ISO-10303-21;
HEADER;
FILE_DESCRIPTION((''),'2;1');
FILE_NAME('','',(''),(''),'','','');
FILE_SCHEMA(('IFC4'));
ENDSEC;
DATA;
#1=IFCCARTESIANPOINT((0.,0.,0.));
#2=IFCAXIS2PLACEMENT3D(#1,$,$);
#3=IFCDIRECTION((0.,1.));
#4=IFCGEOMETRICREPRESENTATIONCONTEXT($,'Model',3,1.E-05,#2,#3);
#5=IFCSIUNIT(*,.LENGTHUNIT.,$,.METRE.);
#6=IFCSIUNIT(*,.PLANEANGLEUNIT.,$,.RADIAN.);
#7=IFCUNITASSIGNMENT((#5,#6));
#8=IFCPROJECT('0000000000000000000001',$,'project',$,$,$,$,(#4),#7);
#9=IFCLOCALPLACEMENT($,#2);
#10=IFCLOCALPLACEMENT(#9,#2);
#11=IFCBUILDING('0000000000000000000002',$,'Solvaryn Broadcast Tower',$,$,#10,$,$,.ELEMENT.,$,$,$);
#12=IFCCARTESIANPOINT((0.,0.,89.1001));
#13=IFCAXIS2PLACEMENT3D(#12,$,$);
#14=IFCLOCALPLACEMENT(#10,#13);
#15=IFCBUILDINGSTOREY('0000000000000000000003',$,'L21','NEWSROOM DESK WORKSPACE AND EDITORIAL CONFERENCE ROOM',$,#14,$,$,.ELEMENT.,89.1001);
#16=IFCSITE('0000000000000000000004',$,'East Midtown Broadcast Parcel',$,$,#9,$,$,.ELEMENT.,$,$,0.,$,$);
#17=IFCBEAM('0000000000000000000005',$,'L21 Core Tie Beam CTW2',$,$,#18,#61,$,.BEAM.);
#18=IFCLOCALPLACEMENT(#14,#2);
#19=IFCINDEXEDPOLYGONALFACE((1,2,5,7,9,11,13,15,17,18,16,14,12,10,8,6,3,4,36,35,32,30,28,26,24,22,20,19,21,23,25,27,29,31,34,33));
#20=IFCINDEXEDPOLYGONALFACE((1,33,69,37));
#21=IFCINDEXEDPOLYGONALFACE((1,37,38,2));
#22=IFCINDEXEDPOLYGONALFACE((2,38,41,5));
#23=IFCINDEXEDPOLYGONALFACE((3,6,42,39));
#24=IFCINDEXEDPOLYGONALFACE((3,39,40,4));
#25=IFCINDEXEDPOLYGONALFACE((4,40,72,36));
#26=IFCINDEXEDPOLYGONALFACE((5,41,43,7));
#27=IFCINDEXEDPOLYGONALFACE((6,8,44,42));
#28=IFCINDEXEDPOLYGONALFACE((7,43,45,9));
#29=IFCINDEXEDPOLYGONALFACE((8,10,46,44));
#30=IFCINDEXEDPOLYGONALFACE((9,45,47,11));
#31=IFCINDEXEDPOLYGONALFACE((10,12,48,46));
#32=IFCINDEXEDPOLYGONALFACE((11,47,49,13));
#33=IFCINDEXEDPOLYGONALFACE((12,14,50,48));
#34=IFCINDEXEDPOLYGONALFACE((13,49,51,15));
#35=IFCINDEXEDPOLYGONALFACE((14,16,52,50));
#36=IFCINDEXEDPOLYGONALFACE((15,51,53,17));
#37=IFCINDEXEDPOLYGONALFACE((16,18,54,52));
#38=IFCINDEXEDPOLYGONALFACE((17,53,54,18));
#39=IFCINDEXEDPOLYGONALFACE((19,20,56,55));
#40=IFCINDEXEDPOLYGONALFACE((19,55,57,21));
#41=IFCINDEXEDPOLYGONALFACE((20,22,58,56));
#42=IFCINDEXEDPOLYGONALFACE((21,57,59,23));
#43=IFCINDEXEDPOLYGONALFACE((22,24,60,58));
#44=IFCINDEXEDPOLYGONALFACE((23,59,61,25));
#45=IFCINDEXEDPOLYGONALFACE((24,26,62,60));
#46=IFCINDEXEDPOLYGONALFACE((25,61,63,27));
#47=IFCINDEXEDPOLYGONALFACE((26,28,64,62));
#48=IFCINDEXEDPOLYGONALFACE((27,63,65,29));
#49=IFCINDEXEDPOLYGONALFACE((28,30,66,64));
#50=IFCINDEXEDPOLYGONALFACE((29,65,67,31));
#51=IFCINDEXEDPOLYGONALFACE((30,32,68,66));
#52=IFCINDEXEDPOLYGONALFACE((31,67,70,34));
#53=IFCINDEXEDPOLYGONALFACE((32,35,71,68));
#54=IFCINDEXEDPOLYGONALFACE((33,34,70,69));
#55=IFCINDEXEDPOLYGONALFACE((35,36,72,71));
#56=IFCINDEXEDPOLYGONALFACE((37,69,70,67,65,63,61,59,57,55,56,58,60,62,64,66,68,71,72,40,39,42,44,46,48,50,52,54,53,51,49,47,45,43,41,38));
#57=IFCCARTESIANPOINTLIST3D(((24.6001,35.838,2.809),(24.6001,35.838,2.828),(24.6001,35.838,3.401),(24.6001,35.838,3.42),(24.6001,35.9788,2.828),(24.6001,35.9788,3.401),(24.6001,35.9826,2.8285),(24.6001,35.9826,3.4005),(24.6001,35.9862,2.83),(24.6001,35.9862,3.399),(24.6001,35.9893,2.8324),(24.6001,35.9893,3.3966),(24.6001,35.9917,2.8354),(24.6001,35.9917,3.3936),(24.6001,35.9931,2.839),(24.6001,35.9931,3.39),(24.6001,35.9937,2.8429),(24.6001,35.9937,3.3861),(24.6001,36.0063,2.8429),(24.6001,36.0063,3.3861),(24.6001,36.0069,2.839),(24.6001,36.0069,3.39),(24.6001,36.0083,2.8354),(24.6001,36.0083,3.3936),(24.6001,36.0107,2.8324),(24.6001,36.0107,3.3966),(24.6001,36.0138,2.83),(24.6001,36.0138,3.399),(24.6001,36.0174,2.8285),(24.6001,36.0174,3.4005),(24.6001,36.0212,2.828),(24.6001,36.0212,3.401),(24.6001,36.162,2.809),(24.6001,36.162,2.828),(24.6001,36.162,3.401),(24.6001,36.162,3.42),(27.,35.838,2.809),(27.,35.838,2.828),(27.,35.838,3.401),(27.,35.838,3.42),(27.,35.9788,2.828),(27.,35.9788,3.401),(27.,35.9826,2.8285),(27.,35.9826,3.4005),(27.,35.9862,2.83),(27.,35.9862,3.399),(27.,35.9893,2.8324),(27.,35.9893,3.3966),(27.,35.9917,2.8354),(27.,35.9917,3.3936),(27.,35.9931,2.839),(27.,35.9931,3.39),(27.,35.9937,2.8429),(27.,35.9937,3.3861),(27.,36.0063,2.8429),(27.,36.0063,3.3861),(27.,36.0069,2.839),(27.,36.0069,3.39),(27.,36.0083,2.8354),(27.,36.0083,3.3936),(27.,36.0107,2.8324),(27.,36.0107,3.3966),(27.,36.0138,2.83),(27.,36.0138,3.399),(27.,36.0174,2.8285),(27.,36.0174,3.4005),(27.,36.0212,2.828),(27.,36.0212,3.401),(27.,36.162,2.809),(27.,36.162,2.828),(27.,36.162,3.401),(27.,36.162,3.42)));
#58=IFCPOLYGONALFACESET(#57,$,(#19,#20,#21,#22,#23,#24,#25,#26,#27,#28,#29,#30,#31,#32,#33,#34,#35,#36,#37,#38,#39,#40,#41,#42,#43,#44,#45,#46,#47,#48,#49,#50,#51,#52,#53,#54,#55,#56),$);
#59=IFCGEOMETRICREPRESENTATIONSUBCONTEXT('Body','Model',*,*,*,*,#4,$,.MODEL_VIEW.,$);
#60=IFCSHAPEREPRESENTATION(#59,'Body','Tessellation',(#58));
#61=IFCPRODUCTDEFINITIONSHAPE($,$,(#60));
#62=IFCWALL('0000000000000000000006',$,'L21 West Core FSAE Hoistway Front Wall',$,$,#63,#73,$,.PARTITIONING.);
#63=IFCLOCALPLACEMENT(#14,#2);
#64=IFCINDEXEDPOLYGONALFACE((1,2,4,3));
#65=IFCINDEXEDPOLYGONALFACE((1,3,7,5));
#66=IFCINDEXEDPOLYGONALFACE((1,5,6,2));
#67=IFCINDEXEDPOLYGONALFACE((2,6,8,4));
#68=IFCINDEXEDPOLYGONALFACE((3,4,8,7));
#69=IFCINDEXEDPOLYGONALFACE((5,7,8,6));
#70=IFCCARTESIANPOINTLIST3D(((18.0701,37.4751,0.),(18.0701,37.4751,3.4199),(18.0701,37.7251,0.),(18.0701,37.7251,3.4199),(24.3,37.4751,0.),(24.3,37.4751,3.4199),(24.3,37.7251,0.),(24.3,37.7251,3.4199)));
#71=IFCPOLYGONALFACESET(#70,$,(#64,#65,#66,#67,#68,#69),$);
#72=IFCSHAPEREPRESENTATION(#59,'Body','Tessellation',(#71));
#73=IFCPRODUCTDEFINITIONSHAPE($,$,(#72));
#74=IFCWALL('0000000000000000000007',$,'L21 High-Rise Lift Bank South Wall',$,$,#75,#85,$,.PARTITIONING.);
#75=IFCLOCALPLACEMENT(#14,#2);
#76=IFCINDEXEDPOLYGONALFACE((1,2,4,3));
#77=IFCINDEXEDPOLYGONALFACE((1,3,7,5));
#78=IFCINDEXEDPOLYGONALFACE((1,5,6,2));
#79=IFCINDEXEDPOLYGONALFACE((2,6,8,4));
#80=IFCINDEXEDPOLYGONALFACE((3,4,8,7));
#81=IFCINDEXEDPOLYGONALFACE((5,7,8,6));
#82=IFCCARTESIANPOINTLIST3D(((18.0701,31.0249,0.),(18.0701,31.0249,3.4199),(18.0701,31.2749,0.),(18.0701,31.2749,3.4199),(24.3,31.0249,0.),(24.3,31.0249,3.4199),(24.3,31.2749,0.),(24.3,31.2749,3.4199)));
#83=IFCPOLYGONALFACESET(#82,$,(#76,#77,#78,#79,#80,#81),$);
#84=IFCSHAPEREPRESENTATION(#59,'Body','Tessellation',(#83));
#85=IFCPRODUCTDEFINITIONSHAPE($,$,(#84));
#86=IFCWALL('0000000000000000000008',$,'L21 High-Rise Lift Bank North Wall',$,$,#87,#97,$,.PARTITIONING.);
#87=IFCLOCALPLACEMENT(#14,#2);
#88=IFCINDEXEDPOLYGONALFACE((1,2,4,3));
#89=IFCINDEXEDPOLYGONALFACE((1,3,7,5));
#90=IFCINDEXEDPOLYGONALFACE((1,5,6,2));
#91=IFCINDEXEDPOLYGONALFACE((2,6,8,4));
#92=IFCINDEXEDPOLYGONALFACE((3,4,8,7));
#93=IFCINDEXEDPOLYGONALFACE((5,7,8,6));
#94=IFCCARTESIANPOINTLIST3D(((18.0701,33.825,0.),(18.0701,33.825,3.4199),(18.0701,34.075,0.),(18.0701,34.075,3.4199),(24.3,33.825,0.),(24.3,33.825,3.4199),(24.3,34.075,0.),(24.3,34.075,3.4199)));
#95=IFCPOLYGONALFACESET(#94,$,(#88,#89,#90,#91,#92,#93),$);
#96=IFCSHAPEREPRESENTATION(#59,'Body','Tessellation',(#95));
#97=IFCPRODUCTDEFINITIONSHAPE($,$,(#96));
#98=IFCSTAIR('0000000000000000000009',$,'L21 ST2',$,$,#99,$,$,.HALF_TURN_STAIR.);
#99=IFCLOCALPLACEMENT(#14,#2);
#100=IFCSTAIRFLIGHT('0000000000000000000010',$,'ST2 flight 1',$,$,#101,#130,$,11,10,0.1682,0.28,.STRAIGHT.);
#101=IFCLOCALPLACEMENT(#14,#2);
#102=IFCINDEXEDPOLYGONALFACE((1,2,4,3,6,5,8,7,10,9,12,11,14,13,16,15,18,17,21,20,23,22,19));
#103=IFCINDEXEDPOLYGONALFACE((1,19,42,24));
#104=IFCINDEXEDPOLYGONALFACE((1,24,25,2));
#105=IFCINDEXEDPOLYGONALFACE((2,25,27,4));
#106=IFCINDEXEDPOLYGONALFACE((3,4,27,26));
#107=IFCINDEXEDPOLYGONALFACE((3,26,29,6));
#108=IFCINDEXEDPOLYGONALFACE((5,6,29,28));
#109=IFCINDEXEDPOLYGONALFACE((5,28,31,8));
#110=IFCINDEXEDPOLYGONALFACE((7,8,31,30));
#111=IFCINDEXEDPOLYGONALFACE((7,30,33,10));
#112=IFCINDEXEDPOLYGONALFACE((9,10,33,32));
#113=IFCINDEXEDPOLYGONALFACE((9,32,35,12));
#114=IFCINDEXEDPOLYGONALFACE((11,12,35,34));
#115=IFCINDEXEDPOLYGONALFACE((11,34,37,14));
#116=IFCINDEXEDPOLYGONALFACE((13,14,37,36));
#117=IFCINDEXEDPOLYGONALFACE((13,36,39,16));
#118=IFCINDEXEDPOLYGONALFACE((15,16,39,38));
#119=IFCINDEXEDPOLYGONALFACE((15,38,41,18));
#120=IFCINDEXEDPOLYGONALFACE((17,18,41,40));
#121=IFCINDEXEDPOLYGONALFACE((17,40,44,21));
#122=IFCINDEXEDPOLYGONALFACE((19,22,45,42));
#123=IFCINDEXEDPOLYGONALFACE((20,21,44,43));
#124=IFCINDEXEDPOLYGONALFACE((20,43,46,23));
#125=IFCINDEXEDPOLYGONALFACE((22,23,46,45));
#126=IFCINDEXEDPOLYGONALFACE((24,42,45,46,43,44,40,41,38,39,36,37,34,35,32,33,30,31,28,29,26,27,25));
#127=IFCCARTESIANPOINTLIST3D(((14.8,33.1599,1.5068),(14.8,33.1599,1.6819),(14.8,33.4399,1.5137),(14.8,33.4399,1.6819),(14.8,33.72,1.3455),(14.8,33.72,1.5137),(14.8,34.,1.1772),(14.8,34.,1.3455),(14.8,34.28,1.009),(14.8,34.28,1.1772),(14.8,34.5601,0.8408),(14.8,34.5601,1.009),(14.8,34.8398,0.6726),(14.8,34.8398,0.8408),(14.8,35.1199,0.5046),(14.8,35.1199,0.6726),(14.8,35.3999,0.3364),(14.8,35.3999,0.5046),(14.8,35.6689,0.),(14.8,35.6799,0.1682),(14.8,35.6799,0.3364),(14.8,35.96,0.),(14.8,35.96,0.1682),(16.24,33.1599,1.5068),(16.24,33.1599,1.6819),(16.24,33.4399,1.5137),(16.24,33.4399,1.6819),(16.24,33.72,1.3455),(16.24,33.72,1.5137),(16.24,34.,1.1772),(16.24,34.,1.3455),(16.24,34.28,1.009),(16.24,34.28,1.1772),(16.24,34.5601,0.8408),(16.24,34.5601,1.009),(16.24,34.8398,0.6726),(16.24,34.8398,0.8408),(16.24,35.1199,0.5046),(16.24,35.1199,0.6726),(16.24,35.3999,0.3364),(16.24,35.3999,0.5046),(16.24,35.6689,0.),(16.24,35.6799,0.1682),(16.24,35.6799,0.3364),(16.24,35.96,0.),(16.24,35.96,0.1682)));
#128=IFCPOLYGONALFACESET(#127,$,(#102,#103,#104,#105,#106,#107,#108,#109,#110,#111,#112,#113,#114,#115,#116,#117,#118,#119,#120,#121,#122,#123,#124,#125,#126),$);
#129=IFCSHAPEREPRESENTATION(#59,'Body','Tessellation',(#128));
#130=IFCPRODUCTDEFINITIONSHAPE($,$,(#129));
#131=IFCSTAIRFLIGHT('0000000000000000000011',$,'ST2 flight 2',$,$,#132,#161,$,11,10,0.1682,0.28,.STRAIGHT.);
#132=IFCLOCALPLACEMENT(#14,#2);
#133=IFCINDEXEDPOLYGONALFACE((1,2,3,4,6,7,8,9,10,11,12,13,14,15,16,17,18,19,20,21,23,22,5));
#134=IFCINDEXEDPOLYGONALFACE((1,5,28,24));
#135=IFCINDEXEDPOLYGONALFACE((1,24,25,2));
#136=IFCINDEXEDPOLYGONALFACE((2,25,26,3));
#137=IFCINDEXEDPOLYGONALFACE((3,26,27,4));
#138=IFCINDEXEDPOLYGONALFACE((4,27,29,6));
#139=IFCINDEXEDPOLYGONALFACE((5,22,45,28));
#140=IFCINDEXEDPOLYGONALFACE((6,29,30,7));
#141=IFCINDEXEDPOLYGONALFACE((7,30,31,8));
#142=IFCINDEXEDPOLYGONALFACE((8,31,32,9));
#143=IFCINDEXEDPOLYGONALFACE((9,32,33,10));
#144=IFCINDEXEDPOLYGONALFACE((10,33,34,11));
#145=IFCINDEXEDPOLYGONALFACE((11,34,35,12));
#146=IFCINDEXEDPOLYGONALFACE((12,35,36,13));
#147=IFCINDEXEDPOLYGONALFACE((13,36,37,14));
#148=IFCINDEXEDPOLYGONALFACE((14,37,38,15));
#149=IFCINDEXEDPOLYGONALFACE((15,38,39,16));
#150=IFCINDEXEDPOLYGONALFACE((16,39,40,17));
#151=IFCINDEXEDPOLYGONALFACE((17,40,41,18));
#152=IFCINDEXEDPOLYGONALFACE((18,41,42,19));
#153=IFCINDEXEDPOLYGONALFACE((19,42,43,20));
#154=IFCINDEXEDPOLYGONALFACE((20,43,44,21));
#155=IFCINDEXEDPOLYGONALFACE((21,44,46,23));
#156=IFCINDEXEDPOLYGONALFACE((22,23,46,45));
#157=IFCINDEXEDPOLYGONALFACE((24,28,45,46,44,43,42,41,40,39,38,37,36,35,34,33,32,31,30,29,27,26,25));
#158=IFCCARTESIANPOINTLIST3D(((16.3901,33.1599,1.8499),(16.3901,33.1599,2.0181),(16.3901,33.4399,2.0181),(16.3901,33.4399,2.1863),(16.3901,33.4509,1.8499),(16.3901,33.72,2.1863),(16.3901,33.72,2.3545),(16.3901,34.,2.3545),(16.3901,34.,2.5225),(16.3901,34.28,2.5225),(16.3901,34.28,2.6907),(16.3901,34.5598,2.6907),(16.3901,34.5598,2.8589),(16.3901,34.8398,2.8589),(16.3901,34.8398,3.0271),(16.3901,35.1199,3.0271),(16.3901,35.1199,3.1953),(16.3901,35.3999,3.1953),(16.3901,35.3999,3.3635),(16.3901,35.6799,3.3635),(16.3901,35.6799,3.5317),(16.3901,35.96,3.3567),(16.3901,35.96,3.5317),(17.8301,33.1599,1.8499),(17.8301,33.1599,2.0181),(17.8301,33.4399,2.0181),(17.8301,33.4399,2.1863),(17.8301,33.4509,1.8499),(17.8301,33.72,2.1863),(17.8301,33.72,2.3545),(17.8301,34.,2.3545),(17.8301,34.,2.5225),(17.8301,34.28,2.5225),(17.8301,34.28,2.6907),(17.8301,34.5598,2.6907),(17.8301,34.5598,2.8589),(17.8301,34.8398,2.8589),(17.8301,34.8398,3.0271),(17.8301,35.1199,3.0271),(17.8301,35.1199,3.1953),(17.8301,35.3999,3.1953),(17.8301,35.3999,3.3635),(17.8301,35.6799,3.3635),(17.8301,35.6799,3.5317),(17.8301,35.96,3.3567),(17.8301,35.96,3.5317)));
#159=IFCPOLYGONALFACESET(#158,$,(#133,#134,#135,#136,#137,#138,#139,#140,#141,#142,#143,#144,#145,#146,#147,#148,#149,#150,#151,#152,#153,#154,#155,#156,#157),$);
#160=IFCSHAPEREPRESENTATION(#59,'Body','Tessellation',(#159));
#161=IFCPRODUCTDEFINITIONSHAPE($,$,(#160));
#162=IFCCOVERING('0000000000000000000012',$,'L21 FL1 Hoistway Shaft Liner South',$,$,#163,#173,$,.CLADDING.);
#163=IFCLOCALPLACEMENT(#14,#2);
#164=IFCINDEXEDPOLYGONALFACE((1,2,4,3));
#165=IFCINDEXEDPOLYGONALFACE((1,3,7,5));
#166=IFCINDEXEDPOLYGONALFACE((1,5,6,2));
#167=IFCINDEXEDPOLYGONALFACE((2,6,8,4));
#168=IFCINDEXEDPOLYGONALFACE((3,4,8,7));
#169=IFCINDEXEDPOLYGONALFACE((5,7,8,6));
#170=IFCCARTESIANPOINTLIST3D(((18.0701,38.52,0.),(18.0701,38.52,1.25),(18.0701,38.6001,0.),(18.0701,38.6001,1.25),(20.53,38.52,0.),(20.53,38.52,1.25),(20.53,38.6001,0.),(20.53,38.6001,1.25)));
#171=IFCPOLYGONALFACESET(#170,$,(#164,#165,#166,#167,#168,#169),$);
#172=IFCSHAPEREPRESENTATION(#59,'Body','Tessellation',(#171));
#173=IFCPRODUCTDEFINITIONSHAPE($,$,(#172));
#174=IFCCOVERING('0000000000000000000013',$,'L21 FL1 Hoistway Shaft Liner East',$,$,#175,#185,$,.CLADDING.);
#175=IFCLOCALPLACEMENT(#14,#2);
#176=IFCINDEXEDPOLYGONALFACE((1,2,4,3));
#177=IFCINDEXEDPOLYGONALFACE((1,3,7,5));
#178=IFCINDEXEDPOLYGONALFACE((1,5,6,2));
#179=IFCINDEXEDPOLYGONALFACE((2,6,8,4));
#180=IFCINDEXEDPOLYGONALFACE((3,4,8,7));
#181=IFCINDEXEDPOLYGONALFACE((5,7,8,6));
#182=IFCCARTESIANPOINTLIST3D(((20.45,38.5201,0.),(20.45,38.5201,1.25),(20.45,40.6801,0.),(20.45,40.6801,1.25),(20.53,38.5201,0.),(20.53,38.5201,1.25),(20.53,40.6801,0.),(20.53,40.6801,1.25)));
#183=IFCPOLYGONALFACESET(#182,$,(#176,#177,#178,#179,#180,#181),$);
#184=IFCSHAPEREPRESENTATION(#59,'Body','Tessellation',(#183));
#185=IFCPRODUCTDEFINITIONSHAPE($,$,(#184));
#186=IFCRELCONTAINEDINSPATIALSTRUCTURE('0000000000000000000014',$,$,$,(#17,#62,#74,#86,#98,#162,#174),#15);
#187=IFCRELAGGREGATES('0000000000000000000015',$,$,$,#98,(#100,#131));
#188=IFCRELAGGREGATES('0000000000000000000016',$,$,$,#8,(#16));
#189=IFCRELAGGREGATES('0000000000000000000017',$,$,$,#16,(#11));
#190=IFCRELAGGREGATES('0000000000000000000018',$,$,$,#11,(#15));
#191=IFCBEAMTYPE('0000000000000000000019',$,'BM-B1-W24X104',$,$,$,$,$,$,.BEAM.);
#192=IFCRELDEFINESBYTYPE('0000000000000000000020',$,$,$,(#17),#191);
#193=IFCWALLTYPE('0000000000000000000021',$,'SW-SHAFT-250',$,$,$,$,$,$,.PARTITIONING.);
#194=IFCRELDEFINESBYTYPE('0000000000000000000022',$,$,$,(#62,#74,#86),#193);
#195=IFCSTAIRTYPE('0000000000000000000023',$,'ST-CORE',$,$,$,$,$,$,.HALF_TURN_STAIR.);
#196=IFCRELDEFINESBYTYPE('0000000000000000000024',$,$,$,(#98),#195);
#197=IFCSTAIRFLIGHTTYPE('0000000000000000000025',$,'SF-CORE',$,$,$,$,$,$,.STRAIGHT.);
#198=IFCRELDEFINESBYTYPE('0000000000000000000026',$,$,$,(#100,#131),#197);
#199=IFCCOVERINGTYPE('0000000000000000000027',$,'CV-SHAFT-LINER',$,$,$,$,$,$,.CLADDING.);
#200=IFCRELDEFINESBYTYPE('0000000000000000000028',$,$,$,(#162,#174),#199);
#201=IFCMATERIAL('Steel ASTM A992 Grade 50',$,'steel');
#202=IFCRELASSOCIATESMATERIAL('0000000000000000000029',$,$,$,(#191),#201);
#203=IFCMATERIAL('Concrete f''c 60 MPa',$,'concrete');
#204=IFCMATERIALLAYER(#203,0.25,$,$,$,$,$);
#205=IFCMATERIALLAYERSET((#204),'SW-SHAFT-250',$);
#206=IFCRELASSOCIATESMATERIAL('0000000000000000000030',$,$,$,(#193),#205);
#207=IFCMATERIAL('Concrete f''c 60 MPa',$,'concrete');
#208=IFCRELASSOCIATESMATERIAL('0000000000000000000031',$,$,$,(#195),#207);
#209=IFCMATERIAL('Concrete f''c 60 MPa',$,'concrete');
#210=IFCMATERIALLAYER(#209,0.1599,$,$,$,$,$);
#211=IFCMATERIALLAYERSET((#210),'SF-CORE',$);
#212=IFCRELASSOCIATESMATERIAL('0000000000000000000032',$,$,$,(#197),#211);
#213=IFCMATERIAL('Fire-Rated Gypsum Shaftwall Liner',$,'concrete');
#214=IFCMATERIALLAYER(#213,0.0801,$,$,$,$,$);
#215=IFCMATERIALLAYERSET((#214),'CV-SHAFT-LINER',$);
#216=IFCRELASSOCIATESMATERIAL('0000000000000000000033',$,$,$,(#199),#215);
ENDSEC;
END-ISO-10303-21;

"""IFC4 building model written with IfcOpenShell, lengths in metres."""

from ifc_helpers import new_model, si_unit, direction, frame, frame_2d, origin, origin_2d, place, context, subcontext, project, spatial, polyline, rectangle, i_section, outline, extrude, material, layer, layer_set, material_profile, profile_set, type_object, element, aggregate, save


model = new_model("IFC4")

# Units and contexts
model_context = context("Model", 3, precision=1e-05, world=origin(), true_north=direction((0.0, 1.0)))
body_context = subcontext(model_context, "Body", "Model", "MODEL_VIEW")
ifc_project = project(units=[si_unit("LENGTHUNIT", "METRE"), si_unit("PLANEANGLEUNIT", "RADIAN")], contexts=[model_context])

# Site, building, storey
site_placement = place(None, origin())
site = spatial("IfcSite", under=ifc_project, at=site_placement, Name="East Midtown Broadcast Parcel", CompositionType="ELEMENT", RefElevation=0.0)
building_placement = place(site_placement, origin())
building = spatial("IfcBuilding", under=site, at=building_placement, Name="Solvaryn Broadcast Tower", CompositionType="ELEMENT")
storey_placement = place(building_placement, frame((0.0, 0.0, 89.1001)))
storey = spatial("IfcBuildingStorey", under=building, at=storey_placement, Name="L21", Description="NEWSROOM DESK WORKSPACE AND EDITORIAL CONFERENCE ROOM", CompositionType="ELEMENT", Elevation=89.1001)

# Beam
ifc_material_1 = material(Name="Steel ASTM A992 Grade 50", Category="steel")
ifc_material_profile = material_profile(ifc_material_1, i_section(OverallWidth=0.324, OverallDepth=0.6111, WebThickness=0.0127, FlangeThickness=0.019, FilletRadius=0.0149, at=origin_2d()))
ifc_profile_set = profile_set([ifc_material_profile], Name="Steel ASTM A992 Grade 50")
beam_type = type_object("IfcBeamType", Name="BM-B1-W24X104", PredefinedType="BEAM", material=ifc_profile_set)
beam_placement = place(storey_placement, frame((24.6001, 36.0, 3.1145), z_axis=(1.0, 0.0, 0.0), x_axis=(0.0, 1.0, 0.0)))
element("IfcBeam", 1, at=beam_placement, inside=storey, type_object=beam_type, Name="L21 Core Tie Beam CTW2", PredefinedType="BEAM", context=body_context, shape_type="SweptSolid", body=[
    extrude(i_section(OverallWidth=0.324, OverallDepth=0.6111, WebThickness=0.0127, FlangeThickness=0.019, FilletRadius=0.0149, at=origin_2d()), origin(), (0.0, 0.0, 1.0), 2.3999),
])

# Walls
ifc_material_2 = material(Name="Concrete f'c 60 MPa", Category="concrete")
ifc_layer_1 = layer(ifc_material_2, 0.25)
ifc_layer_set_1 = layer_set([ifc_layer_1], Name="SW-SHAFT-250")
wall_type_1 = type_object("IfcWallType", Name="SW-SHAFT-250", PredefinedType="PARTITIONING", material=ifc_layer_set_1)
for number, where, z_axis, x_axis, name in (
    (2, (18.0701, 37.6001, 0.0), (0.0, 0.0, 1.0), (1.0, 0.0, 0.0), "L21 West Core FSAE Hoistway Front Wall"),
    (3, (18.0701, 31.1499, 0.0), (0.0, 0.0, 1.0), (1.0, 0.0, 0.0), "L21 High-Rise Lift Bank South Wall"),
    (4, (24.3, 33.95, 0.0), (0.0, 0.0, 1.0), (-1.0, 0.0, 0.0), "L21 High-Rise Lift Bank North Wall"),
):
    element("IfcWall", number, at=place(storey_placement, frame(where, z_axis=z_axis, x_axis=x_axis)), inside=storey, type_object=wall_type_1, Name=name, PredefinedType="PARTITIONING", context=body_context, shape_type="SweptSolid", body=[
        extrude(rectangle(XDim=6.23, YDim=0.25, at=frame_2d((3.115, 0.0))), origin(), (0.0, 0.0, 1.0), 3.4199),
    ])

# Stair, stair flights
ifc_material_3 = material(Name="Concrete f'c 60 MPa", Category="concrete")
stair_type = type_object("IfcStairType", Name="ST-CORE", PredefinedType="HALF_TURN_STAIR", material=ifc_material_3)
stair_placement = place(storey_placement, origin())
stair = element("IfcStair", 5, at=stair_placement, inside=storey, type_object=stair_type, Name="L21 ST2", PredefinedType="HALF_TURN_STAIR")
ifc_material_4 = material(Name="Concrete f'c 60 MPa", Category="concrete")
ifc_layer_2 = layer(ifc_material_4, 0.1599)
ifc_layer_set_2 = layer_set([ifc_layer_2], Name="SF-CORE")
stair_flight_type = type_object("IfcStairFlightType", Name="SF-CORE", PredefinedType="STRAIGHT", material=ifc_layer_set_2)
stair_flight_1_placement = place(storey_placement, frame((15.52, 35.96, 0.0), z_axis=(0.0, 0.0, 1.0), x_axis=(0.0, -1.0, 0.0)))
stair_flight_1 = element("IfcStairFlight", 6, at=stair_flight_1_placement, type_object=stair_flight_type, Name="ST2 flight 1", NumberOfRisers=11, NumberOfTreads=10, PredefinedType="STRAIGHT", RiserHeight=0.1682, TreadLength=0.28, context=body_context, shape_type="SweptSolid", body=[
    extrude(outline(polyline([(0.0, 0.0), (0.0, 0.1682), (0.28, 0.1682), (0.28, 0.3364), (0.5601, 0.3364), (0.5601, 0.5046), (0.8401, 0.5046), (0.8401, 0.6726), (1.1201, 0.6726), (1.1201, 0.8408), (1.3999, 0.8408), (1.3999, 1.009), (1.6799, 1.009), (1.6799, 1.1772), (1.96, 1.1772), (1.96, 1.3455), (2.24, 1.3455), (2.24, 1.5137), (2.52, 1.5137), (2.52, 1.6819), (2.8, 1.6819), (2.8, 1.8501), (2.8, 1.5068), (0.291, 0.0), (0.0, 0.0)])), frame((0.0, 0.72, 0.0), z_axis=(0.0, -1.0, 0.0), x_axis=(1.0, 0.0, 0.0)), (0.0, 0.0, 1.0), 1.4399),
])
stair_flight_2_placement = place(storey_placement, frame((17.1101, 33.1599, 1.8499), z_axis=(0.0, 0.0, 1.0), x_axis=(0.0, 1.0, 0.0)))
stair_flight_2 = element("IfcStairFlight", 7, at=stair_flight_2_placement, type_object=stair_flight_type, Name="ST2 flight 2", NumberOfRisers=11, NumberOfTreads=10, PredefinedType="STRAIGHT", RiserHeight=0.1682, TreadLength=0.28, context=body_context, shape_type="SweptSolid", body=[
    extrude(outline(polyline([(0.0, 0.0), (0.0, 0.1682), (0.28, 0.1682), (0.28, 0.3364), (0.5601, 0.3364), (0.5601, 0.5046), (0.8401, 0.5046), (0.8401, 0.6726), (1.1201, 0.6726), (1.1201, 0.8408), (1.3999, 0.8408), (1.3999, 1.009), (1.6799, 1.009), (1.6799, 1.1772), (1.96, 1.1772), (1.96, 1.3455), (2.24, 1.3455), (2.24, 1.5137), (2.52, 1.5137), (2.52, 1.6819), (2.8, 1.6819), (2.8, 1.8501), (2.8, 1.5068), (0.291, 0.0), (0.0, 0.0)])), frame((0.0, 0.72, 0.0), z_axis=(0.0, -1.0, 0.0), x_axis=(1.0, 0.0, 0.0)), (0.0, 0.0, 1.0), 1.4399),
])
aggregate(stair, [stair_flight_1, stair_flight_2])

# Coverings
ifc_material_5 = material(Name="Fire-Rated Gypsum Shaftwall Liner", Category="concrete")
ifc_layer_3 = layer(ifc_material_5, 0.0801)
ifc_layer_set_3 = layer_set([ifc_layer_3], Name="CV-SHAFT-LINER")
covering_type = type_object("IfcCoveringType", Name="CV-SHAFT-LINER", PredefinedType="CLADDING", material=ifc_layer_set_3)
covering_1_placement = place(storey_placement, frame((19.3, 38.5601, 0.0), z_axis=(0.0, 0.0, 1.0), x_axis=(1.0, 0.0, 0.0)))
element("IfcCovering", 8, at=covering_1_placement, inside=storey, type_object=covering_type, Name="L21 FL1 Hoistway Shaft Liner South", PredefinedType="CLADDING", context=body_context, shape_type="SweptSolid", body=[
    extrude(rectangle(XDim=2.46, YDim=0.0801, at=origin_2d()), origin(), (0.0, 0.0, 1.0), 1.25),
])
covering_2_placement = place(storey_placement, frame((20.49, 39.6001, 0.0), z_axis=(0.0, 0.0, 1.0), x_axis=(1.0, 0.0, 0.0)))
element("IfcCovering", 9, at=covering_2_placement, inside=storey, type_object=covering_type, Name="L21 FL1 Hoistway Shaft Liner East", PredefinedType="CLADDING", context=body_context, shape_type="SweptSolid", body=[
    extrude(rectangle(XDim=0.0801, YDim=2.1599, at=origin_2d()), origin(), (0.0, 0.0, 1.0), 1.25),
])

save(model, "model.ifc")
